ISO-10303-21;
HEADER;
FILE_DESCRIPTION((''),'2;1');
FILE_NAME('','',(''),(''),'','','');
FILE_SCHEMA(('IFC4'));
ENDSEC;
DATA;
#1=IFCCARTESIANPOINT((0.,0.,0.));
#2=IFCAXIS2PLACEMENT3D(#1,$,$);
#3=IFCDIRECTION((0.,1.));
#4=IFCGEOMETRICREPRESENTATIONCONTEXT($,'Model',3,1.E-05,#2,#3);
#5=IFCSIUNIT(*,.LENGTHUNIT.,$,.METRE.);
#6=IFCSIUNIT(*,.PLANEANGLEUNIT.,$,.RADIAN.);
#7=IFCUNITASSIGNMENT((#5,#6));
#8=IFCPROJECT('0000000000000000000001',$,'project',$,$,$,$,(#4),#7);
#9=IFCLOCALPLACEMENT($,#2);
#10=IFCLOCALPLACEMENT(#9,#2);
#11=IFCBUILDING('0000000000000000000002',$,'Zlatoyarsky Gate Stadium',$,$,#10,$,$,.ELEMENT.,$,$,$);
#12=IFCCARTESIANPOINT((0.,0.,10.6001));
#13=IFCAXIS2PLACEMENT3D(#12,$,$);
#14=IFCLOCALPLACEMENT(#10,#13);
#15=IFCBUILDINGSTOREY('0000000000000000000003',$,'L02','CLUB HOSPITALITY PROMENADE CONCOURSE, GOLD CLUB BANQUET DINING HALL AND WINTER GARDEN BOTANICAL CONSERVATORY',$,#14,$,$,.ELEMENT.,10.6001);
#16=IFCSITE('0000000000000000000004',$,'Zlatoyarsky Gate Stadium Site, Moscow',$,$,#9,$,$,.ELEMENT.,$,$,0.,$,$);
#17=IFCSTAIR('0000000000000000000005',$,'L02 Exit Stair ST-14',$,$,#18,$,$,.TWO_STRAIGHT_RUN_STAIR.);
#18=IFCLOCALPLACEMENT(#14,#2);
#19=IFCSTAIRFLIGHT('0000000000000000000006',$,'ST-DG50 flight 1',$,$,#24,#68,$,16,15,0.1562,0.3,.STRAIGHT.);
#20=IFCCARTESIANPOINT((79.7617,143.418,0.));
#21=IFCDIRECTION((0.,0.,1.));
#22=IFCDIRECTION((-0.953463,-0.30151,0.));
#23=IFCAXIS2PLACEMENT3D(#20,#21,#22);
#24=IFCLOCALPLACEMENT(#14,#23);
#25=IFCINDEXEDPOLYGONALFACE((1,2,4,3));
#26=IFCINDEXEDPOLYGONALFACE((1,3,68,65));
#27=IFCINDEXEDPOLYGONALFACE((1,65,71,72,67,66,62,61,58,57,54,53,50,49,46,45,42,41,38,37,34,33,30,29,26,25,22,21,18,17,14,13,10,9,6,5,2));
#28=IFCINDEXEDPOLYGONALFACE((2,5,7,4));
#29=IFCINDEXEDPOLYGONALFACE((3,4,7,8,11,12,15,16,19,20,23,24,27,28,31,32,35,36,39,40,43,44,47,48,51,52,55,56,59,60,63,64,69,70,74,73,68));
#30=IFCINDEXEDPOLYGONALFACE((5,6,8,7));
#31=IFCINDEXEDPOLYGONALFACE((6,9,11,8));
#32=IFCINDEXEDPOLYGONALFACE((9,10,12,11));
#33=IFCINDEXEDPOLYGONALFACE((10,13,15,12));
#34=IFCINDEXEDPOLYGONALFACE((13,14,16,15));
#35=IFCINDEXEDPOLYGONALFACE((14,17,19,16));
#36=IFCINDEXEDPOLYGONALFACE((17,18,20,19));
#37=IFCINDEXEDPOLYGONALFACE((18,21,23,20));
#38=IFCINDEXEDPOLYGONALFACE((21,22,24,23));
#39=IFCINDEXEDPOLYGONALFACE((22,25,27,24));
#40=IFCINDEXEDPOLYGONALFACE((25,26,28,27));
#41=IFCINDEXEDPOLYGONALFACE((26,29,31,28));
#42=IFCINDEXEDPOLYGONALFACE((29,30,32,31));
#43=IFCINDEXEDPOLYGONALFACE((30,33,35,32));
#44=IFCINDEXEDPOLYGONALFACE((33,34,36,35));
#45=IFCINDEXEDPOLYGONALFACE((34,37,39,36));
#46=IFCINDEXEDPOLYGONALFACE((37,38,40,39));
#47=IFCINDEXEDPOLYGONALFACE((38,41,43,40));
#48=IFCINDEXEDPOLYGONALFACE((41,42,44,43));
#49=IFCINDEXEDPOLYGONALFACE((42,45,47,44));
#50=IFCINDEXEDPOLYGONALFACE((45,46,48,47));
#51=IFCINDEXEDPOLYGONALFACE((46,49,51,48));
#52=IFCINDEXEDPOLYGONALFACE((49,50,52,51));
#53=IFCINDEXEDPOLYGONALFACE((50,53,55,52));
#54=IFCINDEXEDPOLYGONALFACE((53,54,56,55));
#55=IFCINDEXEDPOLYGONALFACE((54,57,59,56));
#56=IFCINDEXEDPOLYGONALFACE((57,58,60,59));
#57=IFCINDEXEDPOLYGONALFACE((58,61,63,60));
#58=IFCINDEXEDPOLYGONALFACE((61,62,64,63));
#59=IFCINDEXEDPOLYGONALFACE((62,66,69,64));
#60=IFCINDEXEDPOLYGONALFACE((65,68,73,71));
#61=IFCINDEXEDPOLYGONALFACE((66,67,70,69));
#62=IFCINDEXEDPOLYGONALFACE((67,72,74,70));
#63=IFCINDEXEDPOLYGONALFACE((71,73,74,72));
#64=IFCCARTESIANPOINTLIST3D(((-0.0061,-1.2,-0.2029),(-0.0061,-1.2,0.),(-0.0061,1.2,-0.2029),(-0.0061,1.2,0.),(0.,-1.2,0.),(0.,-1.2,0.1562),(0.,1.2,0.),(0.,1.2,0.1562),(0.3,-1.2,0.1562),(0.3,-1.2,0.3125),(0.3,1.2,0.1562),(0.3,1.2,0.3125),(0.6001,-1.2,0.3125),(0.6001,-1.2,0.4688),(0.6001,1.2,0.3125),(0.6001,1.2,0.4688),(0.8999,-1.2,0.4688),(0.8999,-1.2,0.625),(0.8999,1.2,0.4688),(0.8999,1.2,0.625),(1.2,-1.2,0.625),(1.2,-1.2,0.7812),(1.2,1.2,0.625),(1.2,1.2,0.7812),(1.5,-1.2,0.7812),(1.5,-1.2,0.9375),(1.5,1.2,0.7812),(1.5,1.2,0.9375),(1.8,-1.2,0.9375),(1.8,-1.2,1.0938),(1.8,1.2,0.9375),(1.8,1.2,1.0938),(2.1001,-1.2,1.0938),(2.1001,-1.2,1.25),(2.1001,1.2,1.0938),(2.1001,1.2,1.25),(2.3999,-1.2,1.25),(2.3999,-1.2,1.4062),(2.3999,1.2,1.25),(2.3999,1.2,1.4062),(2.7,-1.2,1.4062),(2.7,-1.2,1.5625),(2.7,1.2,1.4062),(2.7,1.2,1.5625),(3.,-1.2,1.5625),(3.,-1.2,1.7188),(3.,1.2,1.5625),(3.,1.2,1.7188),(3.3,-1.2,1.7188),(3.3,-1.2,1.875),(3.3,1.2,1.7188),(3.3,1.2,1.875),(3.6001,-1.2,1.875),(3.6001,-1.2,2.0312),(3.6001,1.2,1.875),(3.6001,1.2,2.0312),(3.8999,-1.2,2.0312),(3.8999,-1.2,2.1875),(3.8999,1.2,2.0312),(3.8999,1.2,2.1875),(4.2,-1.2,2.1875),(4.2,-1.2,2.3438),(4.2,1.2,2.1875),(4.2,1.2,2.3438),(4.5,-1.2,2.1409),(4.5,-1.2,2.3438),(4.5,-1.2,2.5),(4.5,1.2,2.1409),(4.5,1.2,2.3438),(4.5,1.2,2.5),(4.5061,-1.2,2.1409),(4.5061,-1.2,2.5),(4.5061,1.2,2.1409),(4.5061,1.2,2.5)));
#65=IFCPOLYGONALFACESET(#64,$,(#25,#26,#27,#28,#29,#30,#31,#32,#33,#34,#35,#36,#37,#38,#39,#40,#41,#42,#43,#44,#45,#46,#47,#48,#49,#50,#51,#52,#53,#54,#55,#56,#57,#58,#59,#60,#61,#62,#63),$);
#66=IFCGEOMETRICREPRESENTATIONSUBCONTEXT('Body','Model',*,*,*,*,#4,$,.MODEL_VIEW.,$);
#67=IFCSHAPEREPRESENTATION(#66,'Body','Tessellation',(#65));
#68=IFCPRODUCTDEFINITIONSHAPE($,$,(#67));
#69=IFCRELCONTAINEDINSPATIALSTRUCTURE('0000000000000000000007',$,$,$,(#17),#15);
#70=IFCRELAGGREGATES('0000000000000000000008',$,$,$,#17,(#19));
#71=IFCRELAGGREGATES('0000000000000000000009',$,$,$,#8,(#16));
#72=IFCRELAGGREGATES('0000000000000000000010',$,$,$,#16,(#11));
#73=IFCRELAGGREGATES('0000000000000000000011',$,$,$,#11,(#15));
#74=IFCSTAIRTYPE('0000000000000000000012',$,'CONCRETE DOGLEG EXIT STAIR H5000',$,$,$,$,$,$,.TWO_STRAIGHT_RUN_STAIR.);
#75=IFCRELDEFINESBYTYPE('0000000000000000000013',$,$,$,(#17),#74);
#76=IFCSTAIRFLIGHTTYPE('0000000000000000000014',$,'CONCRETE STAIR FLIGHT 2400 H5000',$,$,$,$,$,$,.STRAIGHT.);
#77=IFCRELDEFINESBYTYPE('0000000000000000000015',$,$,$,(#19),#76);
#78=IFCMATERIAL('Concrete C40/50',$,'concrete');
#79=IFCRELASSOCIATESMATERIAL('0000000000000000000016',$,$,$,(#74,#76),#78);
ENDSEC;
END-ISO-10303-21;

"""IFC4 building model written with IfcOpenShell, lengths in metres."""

from ifc_helpers import new_model, si_unit, direction, frame, origin, place, context, subcontext, project, spatial, polyline, outline, extrude, material, type_object, element, aggregate, save


model = new_model("IFC4")

# Units and contexts
model_context = context("Model", 3, precision=1e-05, world=origin(), true_north=direction((0.0, 1.0)))
body_context = subcontext(model_context, "Body", "Model", "MODEL_VIEW")
ifc_project = project(units=[si_unit("LENGTHUNIT", "METRE"), si_unit("PLANEANGLEUNIT", "RADIAN")], contexts=[model_context])

# Site, building, storey
site_placement = place(None, origin())
site = spatial("IfcSite", under=ifc_project, at=site_placement, Name="Zlatoyarsky Gate Stadium Site, Moscow", CompositionType="ELEMENT", RefElevation=0.0)
building_placement = place(site_placement, origin())
building = spatial("IfcBuilding", under=site, at=building_placement, Name="Zlatoyarsky Gate Stadium", CompositionType="ELEMENT")
storey_placement = place(building_placement, frame((0.0, 0.0, 10.6001)))
storey = spatial("IfcBuildingStorey", under=building, at=storey_placement, Name="L02", Description="CLUB HOSPITALITY PROMENADE CONCOURSE, GOLD CLUB BANQUET DINING HALL AND WINTER GARDEN BOTANICAL CONSERVATORY", CompositionType="ELEMENT", Elevation=10.6001)

# Shared definitions
ifc_material_1 = material(Name="Concrete C40/50", Category="concrete")

# Shared definitions
stair_type = type_object("IfcStairType", Name="CONCRETE DOGLEG EXIT STAIR H5000", PredefinedType="TWO_STRAIGHT_RUN_STAIR", material=ifc_material_1)
stair_flight_type = type_object("IfcStairFlightType", Name="CONCRETE STAIR FLIGHT 2400 H5000", PredefinedType="STRAIGHT", material=ifc_material_1)

# Stair, stair flight
stair_1_placement = place(storey_placement, origin())
stair_1 = element("IfcStair", 1, at=stair_1_placement, inside=storey, type_object=stair_type, Name="L02 Exit Stair ST-14", PredefinedType="TWO_STRAIGHT_RUN_STAIR")
stair_flight_1_placement = place(storey_placement, frame((79.7617, 143.418, 0.0), z_axis=(0.0, 0.0, 1.0), x_axis=(-0.953463, -0.30151, 0.0)))
stair_flight_1 = element("IfcStairFlight", 2, at=stair_flight_1_placement, type_object=stair_flight_type, Name="ST-DG50 flight 1", NumberOfRisers=16, NumberOfTreads=15, PredefinedType="STRAIGHT", RiserHeight=0.1562, TreadLength=0.3, context=body_context, shape_type="SweptSolid", body=[
    extrude(outline(polyline([(-0.0061, -0.2029), (-0.0061, 0.0), (0.0, 0.0), (0.0, 0.1562), (0.3, 0.1562), (0.3, 0.3125), (0.6001, 0.3125), (0.6001, 0.4688), (0.8999, 0.4688), (0.8999, 0.625), (1.2, 0.625), (1.2, 0.7812), (1.5, 0.7812), (1.5, 0.9375), (1.8, 0.9375), (1.8, 1.0938), (2.1001, 1.0938), (2.1001, 1.25), (2.3999, 1.25), (2.3999, 1.4062), (2.7, 1.4062), (2.7, 1.5625), (3.0, 1.5625), (3.0, 1.7188), (3.3, 1.7188), (3.3, 1.875), (3.6001, 1.875), (3.6001, 2.0312), (3.8999, 2.0312), (3.8999, 2.1875), (4.2, 2.1875), (4.2, 2.3438), (4.5, 2.3438), (4.5, 2.5), (4.5061, 2.5), (4.5061, 2.1409), (4.5, 2.1409), (-0.0061, -0.2029)])), frame((0.0, 1.2, 0.0), z_axis=(0.0, -1.0, 0.0), x_axis=(1.0, 0.0, 0.0)), (0.0, 0.0, 1.0), 2.3999),
])
aggregate(stair_1, [stair_flight_1])

save(model, "model.ifc")
